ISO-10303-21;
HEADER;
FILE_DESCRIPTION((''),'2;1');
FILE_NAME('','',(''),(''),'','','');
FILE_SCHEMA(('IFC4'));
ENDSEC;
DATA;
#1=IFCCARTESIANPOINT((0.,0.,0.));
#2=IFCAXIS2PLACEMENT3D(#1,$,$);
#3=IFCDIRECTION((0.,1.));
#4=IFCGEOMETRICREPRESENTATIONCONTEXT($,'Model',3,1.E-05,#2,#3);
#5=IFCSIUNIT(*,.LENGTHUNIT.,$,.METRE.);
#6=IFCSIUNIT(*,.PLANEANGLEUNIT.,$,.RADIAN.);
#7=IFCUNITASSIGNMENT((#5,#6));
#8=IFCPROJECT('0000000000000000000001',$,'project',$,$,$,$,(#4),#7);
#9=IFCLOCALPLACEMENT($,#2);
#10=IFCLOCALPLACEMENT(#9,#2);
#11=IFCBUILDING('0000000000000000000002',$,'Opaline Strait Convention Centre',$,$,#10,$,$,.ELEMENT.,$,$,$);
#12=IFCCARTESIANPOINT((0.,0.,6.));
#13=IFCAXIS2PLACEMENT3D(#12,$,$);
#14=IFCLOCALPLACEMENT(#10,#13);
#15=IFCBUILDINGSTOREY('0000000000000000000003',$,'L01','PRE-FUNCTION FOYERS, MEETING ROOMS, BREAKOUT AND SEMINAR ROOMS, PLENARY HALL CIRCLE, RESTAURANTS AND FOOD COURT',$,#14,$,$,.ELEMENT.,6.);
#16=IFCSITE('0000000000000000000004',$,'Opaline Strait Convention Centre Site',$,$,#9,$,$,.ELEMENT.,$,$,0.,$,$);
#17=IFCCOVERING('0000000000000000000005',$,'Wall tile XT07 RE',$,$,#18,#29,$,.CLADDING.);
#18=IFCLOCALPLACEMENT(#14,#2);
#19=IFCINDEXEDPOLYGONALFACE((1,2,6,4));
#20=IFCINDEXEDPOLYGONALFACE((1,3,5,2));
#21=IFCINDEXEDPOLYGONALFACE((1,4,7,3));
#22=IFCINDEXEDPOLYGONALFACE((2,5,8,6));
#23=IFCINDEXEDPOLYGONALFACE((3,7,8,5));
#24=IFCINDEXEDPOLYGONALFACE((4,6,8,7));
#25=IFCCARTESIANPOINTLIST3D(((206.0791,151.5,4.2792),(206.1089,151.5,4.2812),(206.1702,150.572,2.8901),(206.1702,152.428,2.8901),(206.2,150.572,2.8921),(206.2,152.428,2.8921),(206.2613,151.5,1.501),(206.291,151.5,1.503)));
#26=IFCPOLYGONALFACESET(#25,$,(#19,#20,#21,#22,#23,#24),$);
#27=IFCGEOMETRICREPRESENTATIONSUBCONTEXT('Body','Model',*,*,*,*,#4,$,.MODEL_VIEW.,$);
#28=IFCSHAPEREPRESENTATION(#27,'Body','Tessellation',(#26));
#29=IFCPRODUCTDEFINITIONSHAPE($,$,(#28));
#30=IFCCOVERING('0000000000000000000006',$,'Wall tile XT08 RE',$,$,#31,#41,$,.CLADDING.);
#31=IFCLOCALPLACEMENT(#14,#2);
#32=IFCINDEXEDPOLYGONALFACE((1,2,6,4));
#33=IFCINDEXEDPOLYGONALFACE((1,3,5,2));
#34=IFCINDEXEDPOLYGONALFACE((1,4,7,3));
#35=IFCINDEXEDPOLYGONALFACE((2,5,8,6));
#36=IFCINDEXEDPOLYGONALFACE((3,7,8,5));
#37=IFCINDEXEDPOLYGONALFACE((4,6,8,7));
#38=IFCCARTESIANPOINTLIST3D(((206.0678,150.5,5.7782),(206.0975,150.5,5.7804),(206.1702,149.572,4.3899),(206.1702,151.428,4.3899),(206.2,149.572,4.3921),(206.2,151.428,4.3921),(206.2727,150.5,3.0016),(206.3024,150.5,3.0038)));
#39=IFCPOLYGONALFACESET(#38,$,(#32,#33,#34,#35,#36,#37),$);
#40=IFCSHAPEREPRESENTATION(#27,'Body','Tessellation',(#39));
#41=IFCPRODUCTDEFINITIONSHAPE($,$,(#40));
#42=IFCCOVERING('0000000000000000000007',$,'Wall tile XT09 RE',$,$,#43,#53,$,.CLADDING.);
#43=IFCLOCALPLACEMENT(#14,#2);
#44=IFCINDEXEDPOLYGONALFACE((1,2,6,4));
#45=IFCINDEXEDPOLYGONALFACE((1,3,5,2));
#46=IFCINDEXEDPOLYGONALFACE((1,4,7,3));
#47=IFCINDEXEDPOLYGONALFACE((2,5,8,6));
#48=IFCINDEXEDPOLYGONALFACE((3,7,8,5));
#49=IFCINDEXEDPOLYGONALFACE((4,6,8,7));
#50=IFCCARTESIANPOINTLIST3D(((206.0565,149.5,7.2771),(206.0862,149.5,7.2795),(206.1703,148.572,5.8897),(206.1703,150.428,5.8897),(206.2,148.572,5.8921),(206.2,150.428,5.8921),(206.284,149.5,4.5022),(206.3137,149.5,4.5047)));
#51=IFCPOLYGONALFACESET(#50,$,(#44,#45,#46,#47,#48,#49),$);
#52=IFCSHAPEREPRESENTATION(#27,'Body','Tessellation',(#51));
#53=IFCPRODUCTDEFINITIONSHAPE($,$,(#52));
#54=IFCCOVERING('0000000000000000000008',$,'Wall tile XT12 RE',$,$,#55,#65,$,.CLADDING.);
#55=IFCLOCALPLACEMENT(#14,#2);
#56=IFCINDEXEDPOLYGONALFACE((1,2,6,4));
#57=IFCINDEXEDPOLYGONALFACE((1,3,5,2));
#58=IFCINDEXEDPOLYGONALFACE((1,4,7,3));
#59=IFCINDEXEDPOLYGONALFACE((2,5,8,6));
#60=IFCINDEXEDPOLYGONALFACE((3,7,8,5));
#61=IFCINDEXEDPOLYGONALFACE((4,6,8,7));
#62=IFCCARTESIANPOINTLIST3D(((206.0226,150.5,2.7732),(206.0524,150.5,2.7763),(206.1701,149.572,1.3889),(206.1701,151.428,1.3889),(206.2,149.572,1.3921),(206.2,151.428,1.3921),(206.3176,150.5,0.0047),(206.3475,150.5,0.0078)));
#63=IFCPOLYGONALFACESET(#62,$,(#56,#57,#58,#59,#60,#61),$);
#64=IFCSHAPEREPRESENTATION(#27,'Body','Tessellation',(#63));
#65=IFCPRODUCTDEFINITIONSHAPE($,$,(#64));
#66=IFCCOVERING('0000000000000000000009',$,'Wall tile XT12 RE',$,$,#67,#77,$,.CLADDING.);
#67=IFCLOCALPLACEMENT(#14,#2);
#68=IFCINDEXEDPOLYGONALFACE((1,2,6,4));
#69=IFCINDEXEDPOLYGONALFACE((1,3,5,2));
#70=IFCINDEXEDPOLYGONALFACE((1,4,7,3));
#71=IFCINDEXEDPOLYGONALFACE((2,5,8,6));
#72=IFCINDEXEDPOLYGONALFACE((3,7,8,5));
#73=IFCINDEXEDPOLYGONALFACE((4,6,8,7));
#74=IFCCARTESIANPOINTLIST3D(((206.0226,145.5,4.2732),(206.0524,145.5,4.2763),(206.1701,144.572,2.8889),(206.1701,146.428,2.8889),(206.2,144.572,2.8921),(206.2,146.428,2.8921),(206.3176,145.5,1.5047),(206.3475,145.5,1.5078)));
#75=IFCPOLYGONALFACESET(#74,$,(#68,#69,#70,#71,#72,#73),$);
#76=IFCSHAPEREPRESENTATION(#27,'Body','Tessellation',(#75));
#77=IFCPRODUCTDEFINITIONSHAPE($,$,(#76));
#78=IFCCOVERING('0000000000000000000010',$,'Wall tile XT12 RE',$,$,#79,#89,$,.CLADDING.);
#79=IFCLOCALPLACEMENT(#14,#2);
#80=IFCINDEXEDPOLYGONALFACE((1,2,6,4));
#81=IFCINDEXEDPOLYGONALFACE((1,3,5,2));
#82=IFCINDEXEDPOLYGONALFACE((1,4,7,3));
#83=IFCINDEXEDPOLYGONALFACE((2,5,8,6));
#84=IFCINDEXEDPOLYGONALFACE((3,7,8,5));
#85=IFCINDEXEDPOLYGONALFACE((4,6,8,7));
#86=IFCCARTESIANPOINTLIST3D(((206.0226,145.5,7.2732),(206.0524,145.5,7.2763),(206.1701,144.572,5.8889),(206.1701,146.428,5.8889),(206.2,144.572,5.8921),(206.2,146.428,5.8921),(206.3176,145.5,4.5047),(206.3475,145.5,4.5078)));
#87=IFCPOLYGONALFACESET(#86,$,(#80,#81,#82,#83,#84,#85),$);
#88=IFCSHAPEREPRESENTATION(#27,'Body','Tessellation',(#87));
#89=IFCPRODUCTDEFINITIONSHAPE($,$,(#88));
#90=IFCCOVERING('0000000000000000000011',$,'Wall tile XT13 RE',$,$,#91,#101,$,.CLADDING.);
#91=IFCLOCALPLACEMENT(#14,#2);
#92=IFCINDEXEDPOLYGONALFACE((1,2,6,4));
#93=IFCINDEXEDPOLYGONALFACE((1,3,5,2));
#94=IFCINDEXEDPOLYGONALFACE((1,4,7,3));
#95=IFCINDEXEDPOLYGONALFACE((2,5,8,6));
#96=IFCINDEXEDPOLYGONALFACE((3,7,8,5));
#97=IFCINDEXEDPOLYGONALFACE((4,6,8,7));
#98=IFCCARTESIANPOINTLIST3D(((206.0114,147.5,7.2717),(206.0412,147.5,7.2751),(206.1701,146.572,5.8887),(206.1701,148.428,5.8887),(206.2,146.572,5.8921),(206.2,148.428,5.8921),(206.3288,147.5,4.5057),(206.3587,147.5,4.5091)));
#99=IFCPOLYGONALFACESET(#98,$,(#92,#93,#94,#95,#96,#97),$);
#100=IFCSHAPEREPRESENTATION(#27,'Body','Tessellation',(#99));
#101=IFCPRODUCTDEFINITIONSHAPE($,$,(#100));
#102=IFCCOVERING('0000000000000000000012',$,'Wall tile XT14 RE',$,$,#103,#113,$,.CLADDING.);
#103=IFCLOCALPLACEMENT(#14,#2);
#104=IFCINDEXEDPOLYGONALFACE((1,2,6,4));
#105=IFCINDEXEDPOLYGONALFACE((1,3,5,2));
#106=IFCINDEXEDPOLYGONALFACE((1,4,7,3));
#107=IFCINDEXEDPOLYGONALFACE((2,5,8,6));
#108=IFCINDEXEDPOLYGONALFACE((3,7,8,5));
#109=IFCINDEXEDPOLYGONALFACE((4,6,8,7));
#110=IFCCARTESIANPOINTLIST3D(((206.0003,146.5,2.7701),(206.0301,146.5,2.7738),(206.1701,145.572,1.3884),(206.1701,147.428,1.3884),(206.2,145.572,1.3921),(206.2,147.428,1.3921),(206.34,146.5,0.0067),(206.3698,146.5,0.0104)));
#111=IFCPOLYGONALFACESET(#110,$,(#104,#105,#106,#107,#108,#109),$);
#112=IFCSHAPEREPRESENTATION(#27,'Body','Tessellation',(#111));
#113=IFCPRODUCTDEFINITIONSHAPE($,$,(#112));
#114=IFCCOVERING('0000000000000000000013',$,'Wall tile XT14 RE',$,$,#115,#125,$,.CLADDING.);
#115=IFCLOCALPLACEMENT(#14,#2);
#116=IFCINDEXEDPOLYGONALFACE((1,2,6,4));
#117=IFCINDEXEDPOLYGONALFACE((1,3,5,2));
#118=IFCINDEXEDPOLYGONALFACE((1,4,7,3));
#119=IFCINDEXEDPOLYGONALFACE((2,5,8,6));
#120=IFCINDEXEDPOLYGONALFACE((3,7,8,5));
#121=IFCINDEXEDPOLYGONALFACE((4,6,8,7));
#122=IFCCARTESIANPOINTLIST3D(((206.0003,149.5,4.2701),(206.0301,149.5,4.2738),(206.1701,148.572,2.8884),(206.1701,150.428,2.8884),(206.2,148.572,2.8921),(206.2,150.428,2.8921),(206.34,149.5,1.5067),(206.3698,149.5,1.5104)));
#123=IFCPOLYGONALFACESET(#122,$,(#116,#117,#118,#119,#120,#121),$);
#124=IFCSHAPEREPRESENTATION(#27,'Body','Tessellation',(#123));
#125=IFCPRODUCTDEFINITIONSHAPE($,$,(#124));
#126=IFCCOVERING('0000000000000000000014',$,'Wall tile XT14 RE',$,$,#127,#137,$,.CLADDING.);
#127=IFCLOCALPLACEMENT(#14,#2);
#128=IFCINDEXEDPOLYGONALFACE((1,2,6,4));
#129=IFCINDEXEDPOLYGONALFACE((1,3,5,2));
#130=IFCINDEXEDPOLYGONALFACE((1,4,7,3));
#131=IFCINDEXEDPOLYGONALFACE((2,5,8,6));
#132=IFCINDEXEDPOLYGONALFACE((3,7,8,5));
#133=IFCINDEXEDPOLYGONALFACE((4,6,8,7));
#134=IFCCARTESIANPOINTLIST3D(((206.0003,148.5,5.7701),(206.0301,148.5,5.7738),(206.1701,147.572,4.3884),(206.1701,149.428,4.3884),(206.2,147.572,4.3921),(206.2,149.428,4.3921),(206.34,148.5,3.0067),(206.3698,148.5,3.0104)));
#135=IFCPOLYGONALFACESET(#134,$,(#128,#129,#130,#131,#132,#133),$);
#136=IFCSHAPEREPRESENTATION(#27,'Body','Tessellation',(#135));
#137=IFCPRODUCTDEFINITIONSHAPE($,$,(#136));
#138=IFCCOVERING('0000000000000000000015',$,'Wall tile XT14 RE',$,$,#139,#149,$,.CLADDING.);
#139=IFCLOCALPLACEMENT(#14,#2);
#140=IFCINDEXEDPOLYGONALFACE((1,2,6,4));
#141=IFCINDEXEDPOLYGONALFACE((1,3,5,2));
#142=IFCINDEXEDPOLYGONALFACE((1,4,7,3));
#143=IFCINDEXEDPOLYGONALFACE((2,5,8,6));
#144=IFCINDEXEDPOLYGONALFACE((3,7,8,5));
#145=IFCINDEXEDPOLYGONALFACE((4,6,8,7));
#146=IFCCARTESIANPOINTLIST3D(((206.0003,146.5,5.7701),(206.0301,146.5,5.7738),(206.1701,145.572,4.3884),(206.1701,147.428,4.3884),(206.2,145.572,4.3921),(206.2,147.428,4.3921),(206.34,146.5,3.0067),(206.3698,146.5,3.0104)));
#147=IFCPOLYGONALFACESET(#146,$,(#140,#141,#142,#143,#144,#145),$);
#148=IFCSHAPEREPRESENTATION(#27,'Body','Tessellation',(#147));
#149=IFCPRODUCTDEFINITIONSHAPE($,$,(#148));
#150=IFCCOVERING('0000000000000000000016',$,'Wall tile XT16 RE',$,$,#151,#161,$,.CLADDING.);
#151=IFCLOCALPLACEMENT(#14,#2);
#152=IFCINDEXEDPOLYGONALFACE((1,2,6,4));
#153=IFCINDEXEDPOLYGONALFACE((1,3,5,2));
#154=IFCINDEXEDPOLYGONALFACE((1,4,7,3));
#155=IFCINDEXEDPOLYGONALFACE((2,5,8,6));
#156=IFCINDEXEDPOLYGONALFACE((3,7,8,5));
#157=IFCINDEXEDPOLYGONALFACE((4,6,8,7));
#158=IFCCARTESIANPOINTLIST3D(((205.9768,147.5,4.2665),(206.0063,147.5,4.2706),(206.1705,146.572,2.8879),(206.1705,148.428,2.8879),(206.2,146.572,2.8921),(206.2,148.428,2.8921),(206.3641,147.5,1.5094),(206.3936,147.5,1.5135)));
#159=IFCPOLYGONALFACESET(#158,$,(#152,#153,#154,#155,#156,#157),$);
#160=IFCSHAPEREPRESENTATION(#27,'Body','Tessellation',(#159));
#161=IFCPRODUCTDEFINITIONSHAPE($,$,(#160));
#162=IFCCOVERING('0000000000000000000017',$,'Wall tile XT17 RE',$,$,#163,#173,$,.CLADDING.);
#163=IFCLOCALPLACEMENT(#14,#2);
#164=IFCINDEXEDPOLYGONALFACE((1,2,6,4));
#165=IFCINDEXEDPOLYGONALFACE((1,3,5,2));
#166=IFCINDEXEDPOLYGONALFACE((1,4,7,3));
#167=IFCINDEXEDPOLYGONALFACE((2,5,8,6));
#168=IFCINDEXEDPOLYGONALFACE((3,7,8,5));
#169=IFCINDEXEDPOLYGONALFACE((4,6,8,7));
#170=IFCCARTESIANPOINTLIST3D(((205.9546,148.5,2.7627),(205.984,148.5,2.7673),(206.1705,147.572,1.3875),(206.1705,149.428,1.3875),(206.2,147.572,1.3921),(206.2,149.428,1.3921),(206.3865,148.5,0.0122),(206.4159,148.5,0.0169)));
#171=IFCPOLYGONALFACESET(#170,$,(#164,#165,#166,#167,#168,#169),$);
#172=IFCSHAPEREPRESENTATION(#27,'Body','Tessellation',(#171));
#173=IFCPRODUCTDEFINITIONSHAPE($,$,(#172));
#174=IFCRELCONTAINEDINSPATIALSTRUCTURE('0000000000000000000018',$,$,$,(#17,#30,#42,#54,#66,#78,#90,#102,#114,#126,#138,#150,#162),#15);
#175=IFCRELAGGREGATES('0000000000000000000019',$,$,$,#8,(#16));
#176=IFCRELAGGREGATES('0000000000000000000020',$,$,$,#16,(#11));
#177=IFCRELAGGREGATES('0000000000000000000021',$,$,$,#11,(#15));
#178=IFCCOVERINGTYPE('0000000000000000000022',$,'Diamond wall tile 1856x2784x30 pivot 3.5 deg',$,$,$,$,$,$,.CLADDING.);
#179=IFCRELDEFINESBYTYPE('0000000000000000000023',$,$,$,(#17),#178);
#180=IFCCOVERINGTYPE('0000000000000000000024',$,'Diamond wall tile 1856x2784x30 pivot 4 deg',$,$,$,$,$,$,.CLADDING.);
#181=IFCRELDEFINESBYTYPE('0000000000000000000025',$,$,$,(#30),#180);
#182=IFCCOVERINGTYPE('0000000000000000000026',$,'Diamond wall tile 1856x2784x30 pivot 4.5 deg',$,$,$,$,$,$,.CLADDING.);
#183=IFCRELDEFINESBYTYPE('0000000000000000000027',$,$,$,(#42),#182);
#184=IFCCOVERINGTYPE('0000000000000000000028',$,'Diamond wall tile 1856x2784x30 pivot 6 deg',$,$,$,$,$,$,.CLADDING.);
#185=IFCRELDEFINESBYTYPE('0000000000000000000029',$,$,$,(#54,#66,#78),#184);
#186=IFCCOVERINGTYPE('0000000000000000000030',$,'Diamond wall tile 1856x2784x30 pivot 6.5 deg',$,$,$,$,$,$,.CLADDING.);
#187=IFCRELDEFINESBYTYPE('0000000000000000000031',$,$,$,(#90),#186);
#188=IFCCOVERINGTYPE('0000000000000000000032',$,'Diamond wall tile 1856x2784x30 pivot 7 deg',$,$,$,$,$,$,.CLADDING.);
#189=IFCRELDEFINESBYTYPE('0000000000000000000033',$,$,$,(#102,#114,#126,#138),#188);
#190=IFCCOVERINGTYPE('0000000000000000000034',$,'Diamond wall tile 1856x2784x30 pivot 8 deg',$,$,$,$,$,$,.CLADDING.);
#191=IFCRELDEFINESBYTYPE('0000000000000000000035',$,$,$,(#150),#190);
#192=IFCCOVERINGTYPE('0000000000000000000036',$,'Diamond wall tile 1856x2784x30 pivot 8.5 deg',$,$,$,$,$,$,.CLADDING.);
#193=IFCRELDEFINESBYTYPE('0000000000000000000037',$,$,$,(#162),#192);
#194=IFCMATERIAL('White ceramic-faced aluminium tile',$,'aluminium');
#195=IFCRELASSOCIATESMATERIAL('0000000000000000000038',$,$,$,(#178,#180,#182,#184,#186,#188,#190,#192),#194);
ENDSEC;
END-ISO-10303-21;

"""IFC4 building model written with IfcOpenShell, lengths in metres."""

from ifc_helpers import new_model, si_unit, direction, frame, origin, place, context, subcontext, project, spatial, polyline, outline, extrude, material, material_profile, profile_set, type_object, element, save


model = new_model("IFC4")

# Units and contexts
model_context = context("Model", 3, precision=1e-05, world=origin(), true_north=direction((0.0, 1.0)))
body_context = subcontext(model_context, "Body", "Model", "MODEL_VIEW")
ifc_project = project(units=[si_unit("LENGTHUNIT", "METRE"), si_unit("PLANEANGLEUNIT", "RADIAN")], contexts=[model_context])

# Site, building, storey
site_placement = place(None, origin())
site = spatial("IfcSite", under=ifc_project, at=site_placement, Name="Opaline Strait Convention Centre Site", CompositionType="ELEMENT", RefElevation=0.0)
building_placement = place(site_placement, origin())
building = spatial("IfcBuilding", under=site, at=building_placement, Name="Opaline Strait Convention Centre", CompositionType="ELEMENT")
storey_placement = place(building_placement, frame((0.0, 0.0, 6.0)))
storey = spatial("IfcBuildingStorey", under=building, at=storey_placement, Name="L01", Description="PRE-FUNCTION FOYERS, MEETING ROOMS, BREAKOUT AND SEMINAR ROOMS, PLENARY HALL CIRCLE, RESTAURANTS AND FOOD COURT", CompositionType="ELEMENT", Elevation=6.0)

# Coverings
ifc_material_1 = material(Name="White ceramic-faced aluminium tile", Category="aluminium")
ifc_material_profile_1 = material_profile(ifc_material_1, outline(polyline([(0.928, 0.0), (0.0, 1.3921), (-0.928, 0.0), (0.0, -1.3921), (0.928, 0.0)])), Name="Diamond tile 1856x2784")
ifc_profile_set_1 = profile_set([ifc_material_profile_1], Name="White ceramic-faced aluminium tile")
covering_type_1 = type_object("IfcCoveringType", Name="Diamond wall tile 1856x2784x30 pivot 3.5 deg", PredefinedType="CLADDING", material=ifc_profile_set_1)
covering_1_placement = place(storey_placement, frame((206.2, 151.5, 2.8921), z_axis=(-0.997857, 0.0, -0.065433), x_axis=(0.0, -1.0, 0.0)))
element("IfcCovering", 1, at=covering_1_placement, inside=storey, type_object=covering_type_1, Name="Wall tile XT07 RE", PredefinedType="CLADDING", context=body_context, shape_type="SweptSolid", body=[
    extrude(outline(polyline([(0.928, 0.0), (0.0, 1.3921), (-0.928, 0.0), (0.0, -1.3921), (0.928, 0.0)])), origin(), (0.0, 0.0, 1.0), 0.0298),
])
ifc_material_profile_2 = material_profile(ifc_material_1, outline(polyline([(0.928, 0.0), (0.0, 1.3921), (-0.928, 0.0), (0.0, -1.3921), (0.928, 0.0)])), Name="Diamond tile 1856x2784")
ifc_profile_set_2 = profile_set([ifc_material_profile_2], Name="White ceramic-faced aluminium tile")
covering_type_2 = type_object("IfcCoveringType", Name="Diamond wall tile 1856x2784x30 pivot 4 deg", PredefinedType="CLADDING", material=ifc_profile_set_2)
covering_2_placement = place(storey_placement, frame((206.2, 150.5, 4.3921), z_axis=(-0.99729, 0.0, -0.073571), x_axis=(0.0, -1.0, 0.0)))
element("IfcCovering", 2, at=covering_2_placement, inside=storey, type_object=covering_type_2, Name="Wall tile XT08 RE", PredefinedType="CLADDING", context=body_context, shape_type="SweptSolid", body=[
    extrude(outline(polyline([(0.928, 0.0), (0.0, 1.3921), (-0.928, 0.0), (0.0, -1.3921), (0.928, 0.0)])), origin(), (0.0, 0.0, 1.0), 0.0298),
])
ifc_material_profile_3 = material_profile(ifc_material_1, outline(polyline([(0.928, 0.0), (0.0, 1.3921), (-0.928, 0.0), (0.0, -1.3921), (0.928, 0.0)])), Name="Diamond tile 1856x2784")
ifc_profile_set_3 = profile_set([ifc_material_profile_3], Name="White ceramic-faced aluminium tile")
covering_type_3 = type_object("IfcCoveringType", Name="Diamond wall tile 1856x2784x30 pivot 4.5 deg", PredefinedType="CLADDING", material=ifc_profile_set_3)
covering_3_placement = place(storey_placement, frame((206.2, 149.5, 5.8921), z_axis=(-0.996658, 0.0, -0.081693), x_axis=(0.0, -1.0, 0.0)))
element("IfcCovering", 3, at=covering_3_placement, inside=storey, type_object=covering_type_3, Name="Wall tile XT09 RE", PredefinedType="CLADDING", context=body_context, shape_type="SweptSolid", body=[
    extrude(outline(polyline([(0.928, 0.0), (0.0, 1.3921), (-0.928, 0.0), (0.0, -1.3921), (0.928, 0.0)])), origin(), (0.0, 0.0, 1.0), 0.0298),
])
ifc_material_profile_4 = material_profile(ifc_material_1, outline(polyline([(0.928, 0.0), (0.0, 1.3921), (-0.928, 0.0), (0.0, -1.3921), (0.928, 0.0)])), Name="Diamond tile 1856x2784")
ifc_profile_set_4 = profile_set([ifc_material_profile_4], Name="White ceramic-faced aluminium tile")
covering_type_4 = type_object("IfcCoveringType", Name="Diamond wall tile 1856x2784x30 pivot 6 deg", PredefinedType="CLADDING", material=ifc_profile_set_4)
for number, where, z_axis, x_axis, name in (
    (4, (206.2, 150.5, 1.3921), (-0.994371, 0.0, -0.105958), (0.0, -1.0, 0.0), "Wall tile XT12 RE"),
    (5, (206.2, 145.5, 2.8921), (-0.994371, 0.0, -0.105958), (0.0, -1.0, 0.0), "Wall tile XT12 RE"),
    (6, (206.2, 145.5, 5.8921), (-0.994371, 0.0, -0.105958), (0.0, -1.0, 0.0), "Wall tile XT12 RE"),
):
    element("IfcCovering", number, at=place(storey_placement, frame(where, z_axis=z_axis, x_axis=x_axis)), inside=storey, type_object=covering_type_4, Name=name, PredefinedType="CLADDING", context=body_context, shape_type="SweptSolid", body=[
        extrude(outline(polyline([(0.928, 0.0), (0.0, 1.3921), (-0.928, 0.0), (0.0, -1.3921), (0.928, 0.0)])), origin(), (0.0, 0.0, 1.0), 0.03),
    ])
ifc_material_profile_5 = material_profile(ifc_material_1, outline(polyline([(0.928, 0.0), (0.0, 1.3921), (-0.928, 0.0), (0.0, -1.3921), (0.928, 0.0)])), Name="Diamond tile 1856x2784")
ifc_profile_set_5 = profile_set([ifc_material_profile_5], Name="White ceramic-faced aluminium tile")
covering_type_5 = type_object("IfcCoveringType", Name="Diamond wall tile 1856x2784x30 pivot 6.5 deg", PredefinedType="CLADDING", material=ifc_profile_set_5)
covering_4_placement = place(storey_placement, frame((206.2, 147.5, 5.8921), z_axis=(-0.99348, 0.0, -0.114006), x_axis=(0.0, -1.0, 0.0)))
element("IfcCovering", 7, at=covering_4_placement, inside=storey, type_object=covering_type_5, Name="Wall tile XT13 RE", PredefinedType="CLADDING", context=body_context, shape_type="SweptSolid", body=[
    extrude(outline(polyline([(0.928, 0.0), (0.0, 1.3921), (-0.928, 0.0), (0.0, -1.3921), (0.928, 0.0)])), origin(), (0.0, 0.0, 1.0), 0.03),
])
ifc_material_profile_6 = material_profile(ifc_material_1, outline(polyline([(0.928, 0.0), (0.0, 1.3921), (-0.928, 0.0), (0.0, -1.3921), (0.928, 0.0)])), Name="Diamond tile 1856x2784")
ifc_profile_set_6 = profile_set([ifc_material_profile_6], Name="White ceramic-faced aluminium tile")
covering_type_6 = type_object("IfcCoveringType", Name="Diamond wall tile 1856x2784x30 pivot 7 deg", PredefinedType="CLADDING", material=ifc_profile_set_6)
for number, where, z_axis, x_axis, name in (
    (8, (206.2, 146.5, 1.3921), (-0.992526, 0.0, -0.122032), (0.0, -1.0, 0.0), "Wall tile XT14 RE"),
    (9, (206.2, 149.5, 2.8921), (-0.992526, 0.0, -0.122032), (0.0, -1.0, 0.0), "Wall tile XT14 RE"),
    (10, (206.2, 148.5, 4.3921), (-0.992526, 0.0, -0.122032), (0.0, -1.0, 0.0), "Wall tile XT14 RE"),
    (11, (206.2, 146.5, 4.3921), (-0.992526, 0.0, -0.122032), (0.0, -1.0, 0.0), "Wall tile XT14 RE"),
):
    element("IfcCovering", number, at=place(storey_placement, frame(where, z_axis=z_axis, x_axis=x_axis)), inside=storey, type_object=covering_type_6, Name=name, PredefinedType="CLADDING", context=body_context, shape_type="SweptSolid", body=[
        extrude(outline(polyline([(0.928, 0.0), (0.0, 1.3921), (-0.928, 0.0), (0.0, -1.3921), (0.928, 0.0)])), origin(), (0.0, 0.0, 1.0), 0.03),
    ])
ifc_material_profile_7 = material_profile(ifc_material_1, outline(polyline([(0.928, 0.0), (0.0, 1.3921), (-0.928, 0.0), (0.0, -1.3921), (0.928, 0.0)])), Name="Diamond tile 1856x2784")
ifc_profile_set_7 = profile_set([ifc_material_profile_7], Name="White ceramic-faced aluminium tile")
covering_type_7 = type_object("IfcCoveringType", Name="Diamond wall tile 1856x2784x30 pivot 8 deg", PredefinedType="CLADDING", material=ifc_profile_set_7)
covering_5_placement = place(storey_placement, frame((206.2, 147.5, 2.8921), z_axis=(-0.990274, 0.0, -0.139129), x_axis=(0.0, -1.0, 0.0)))
element("IfcCovering", 12, at=covering_5_placement, inside=storey, type_object=covering_type_7, Name="Wall tile XT16 RE", PredefinedType="CLADDING", context=body_context, shape_type="SweptSolid", body=[
    extrude(outline(polyline([(0.928, 0.0), (0.0, 1.3921), (-0.928, 0.0), (0.0, -1.3921), (0.928, 0.0)])), origin(), (0.0, 0.0, 1.0), 0.0298),
])
ifc_material_profile_8 = material_profile(ifc_material_1, outline(polyline([(0.928, 0.0), (0.0, 1.3921), (-0.928, 0.0), (0.0, -1.3921), (0.928, 0.0)])), Name="Diamond tile 1856x2784")
ifc_profile_set_8 = profile_set([ifc_material_profile_8], Name="White ceramic-faced aluminium tile")
covering_type_8 = type_object("IfcCoveringType", Name="Diamond wall tile 1856x2784x30 pivot 8.5 deg", PredefinedType="CLADDING", material=ifc_profile_set_8)
covering_6_placement = place(storey_placement, frame((206.2, 148.5, 1.3921), z_axis=(-0.987895, 0.0, -0.155124), x_axis=(0.0, -1.0, 0.0)))
element("IfcCovering", 13, at=covering_6_placement, inside=storey, type_object=covering_type_8, Name="Wall tile XT17 RE", PredefinedType="CLADDING", context=body_context, shape_type="SweptSolid", body=[
    extrude(outline(polyline([(0.928, 0.0), (0.0, 1.3921), (-0.928, 0.0), (0.0, -1.3921), (0.928, 0.0)])), origin(), (0.0, 0.0, 1.0), 0.0298),
])

save(model, "model.ifc")
